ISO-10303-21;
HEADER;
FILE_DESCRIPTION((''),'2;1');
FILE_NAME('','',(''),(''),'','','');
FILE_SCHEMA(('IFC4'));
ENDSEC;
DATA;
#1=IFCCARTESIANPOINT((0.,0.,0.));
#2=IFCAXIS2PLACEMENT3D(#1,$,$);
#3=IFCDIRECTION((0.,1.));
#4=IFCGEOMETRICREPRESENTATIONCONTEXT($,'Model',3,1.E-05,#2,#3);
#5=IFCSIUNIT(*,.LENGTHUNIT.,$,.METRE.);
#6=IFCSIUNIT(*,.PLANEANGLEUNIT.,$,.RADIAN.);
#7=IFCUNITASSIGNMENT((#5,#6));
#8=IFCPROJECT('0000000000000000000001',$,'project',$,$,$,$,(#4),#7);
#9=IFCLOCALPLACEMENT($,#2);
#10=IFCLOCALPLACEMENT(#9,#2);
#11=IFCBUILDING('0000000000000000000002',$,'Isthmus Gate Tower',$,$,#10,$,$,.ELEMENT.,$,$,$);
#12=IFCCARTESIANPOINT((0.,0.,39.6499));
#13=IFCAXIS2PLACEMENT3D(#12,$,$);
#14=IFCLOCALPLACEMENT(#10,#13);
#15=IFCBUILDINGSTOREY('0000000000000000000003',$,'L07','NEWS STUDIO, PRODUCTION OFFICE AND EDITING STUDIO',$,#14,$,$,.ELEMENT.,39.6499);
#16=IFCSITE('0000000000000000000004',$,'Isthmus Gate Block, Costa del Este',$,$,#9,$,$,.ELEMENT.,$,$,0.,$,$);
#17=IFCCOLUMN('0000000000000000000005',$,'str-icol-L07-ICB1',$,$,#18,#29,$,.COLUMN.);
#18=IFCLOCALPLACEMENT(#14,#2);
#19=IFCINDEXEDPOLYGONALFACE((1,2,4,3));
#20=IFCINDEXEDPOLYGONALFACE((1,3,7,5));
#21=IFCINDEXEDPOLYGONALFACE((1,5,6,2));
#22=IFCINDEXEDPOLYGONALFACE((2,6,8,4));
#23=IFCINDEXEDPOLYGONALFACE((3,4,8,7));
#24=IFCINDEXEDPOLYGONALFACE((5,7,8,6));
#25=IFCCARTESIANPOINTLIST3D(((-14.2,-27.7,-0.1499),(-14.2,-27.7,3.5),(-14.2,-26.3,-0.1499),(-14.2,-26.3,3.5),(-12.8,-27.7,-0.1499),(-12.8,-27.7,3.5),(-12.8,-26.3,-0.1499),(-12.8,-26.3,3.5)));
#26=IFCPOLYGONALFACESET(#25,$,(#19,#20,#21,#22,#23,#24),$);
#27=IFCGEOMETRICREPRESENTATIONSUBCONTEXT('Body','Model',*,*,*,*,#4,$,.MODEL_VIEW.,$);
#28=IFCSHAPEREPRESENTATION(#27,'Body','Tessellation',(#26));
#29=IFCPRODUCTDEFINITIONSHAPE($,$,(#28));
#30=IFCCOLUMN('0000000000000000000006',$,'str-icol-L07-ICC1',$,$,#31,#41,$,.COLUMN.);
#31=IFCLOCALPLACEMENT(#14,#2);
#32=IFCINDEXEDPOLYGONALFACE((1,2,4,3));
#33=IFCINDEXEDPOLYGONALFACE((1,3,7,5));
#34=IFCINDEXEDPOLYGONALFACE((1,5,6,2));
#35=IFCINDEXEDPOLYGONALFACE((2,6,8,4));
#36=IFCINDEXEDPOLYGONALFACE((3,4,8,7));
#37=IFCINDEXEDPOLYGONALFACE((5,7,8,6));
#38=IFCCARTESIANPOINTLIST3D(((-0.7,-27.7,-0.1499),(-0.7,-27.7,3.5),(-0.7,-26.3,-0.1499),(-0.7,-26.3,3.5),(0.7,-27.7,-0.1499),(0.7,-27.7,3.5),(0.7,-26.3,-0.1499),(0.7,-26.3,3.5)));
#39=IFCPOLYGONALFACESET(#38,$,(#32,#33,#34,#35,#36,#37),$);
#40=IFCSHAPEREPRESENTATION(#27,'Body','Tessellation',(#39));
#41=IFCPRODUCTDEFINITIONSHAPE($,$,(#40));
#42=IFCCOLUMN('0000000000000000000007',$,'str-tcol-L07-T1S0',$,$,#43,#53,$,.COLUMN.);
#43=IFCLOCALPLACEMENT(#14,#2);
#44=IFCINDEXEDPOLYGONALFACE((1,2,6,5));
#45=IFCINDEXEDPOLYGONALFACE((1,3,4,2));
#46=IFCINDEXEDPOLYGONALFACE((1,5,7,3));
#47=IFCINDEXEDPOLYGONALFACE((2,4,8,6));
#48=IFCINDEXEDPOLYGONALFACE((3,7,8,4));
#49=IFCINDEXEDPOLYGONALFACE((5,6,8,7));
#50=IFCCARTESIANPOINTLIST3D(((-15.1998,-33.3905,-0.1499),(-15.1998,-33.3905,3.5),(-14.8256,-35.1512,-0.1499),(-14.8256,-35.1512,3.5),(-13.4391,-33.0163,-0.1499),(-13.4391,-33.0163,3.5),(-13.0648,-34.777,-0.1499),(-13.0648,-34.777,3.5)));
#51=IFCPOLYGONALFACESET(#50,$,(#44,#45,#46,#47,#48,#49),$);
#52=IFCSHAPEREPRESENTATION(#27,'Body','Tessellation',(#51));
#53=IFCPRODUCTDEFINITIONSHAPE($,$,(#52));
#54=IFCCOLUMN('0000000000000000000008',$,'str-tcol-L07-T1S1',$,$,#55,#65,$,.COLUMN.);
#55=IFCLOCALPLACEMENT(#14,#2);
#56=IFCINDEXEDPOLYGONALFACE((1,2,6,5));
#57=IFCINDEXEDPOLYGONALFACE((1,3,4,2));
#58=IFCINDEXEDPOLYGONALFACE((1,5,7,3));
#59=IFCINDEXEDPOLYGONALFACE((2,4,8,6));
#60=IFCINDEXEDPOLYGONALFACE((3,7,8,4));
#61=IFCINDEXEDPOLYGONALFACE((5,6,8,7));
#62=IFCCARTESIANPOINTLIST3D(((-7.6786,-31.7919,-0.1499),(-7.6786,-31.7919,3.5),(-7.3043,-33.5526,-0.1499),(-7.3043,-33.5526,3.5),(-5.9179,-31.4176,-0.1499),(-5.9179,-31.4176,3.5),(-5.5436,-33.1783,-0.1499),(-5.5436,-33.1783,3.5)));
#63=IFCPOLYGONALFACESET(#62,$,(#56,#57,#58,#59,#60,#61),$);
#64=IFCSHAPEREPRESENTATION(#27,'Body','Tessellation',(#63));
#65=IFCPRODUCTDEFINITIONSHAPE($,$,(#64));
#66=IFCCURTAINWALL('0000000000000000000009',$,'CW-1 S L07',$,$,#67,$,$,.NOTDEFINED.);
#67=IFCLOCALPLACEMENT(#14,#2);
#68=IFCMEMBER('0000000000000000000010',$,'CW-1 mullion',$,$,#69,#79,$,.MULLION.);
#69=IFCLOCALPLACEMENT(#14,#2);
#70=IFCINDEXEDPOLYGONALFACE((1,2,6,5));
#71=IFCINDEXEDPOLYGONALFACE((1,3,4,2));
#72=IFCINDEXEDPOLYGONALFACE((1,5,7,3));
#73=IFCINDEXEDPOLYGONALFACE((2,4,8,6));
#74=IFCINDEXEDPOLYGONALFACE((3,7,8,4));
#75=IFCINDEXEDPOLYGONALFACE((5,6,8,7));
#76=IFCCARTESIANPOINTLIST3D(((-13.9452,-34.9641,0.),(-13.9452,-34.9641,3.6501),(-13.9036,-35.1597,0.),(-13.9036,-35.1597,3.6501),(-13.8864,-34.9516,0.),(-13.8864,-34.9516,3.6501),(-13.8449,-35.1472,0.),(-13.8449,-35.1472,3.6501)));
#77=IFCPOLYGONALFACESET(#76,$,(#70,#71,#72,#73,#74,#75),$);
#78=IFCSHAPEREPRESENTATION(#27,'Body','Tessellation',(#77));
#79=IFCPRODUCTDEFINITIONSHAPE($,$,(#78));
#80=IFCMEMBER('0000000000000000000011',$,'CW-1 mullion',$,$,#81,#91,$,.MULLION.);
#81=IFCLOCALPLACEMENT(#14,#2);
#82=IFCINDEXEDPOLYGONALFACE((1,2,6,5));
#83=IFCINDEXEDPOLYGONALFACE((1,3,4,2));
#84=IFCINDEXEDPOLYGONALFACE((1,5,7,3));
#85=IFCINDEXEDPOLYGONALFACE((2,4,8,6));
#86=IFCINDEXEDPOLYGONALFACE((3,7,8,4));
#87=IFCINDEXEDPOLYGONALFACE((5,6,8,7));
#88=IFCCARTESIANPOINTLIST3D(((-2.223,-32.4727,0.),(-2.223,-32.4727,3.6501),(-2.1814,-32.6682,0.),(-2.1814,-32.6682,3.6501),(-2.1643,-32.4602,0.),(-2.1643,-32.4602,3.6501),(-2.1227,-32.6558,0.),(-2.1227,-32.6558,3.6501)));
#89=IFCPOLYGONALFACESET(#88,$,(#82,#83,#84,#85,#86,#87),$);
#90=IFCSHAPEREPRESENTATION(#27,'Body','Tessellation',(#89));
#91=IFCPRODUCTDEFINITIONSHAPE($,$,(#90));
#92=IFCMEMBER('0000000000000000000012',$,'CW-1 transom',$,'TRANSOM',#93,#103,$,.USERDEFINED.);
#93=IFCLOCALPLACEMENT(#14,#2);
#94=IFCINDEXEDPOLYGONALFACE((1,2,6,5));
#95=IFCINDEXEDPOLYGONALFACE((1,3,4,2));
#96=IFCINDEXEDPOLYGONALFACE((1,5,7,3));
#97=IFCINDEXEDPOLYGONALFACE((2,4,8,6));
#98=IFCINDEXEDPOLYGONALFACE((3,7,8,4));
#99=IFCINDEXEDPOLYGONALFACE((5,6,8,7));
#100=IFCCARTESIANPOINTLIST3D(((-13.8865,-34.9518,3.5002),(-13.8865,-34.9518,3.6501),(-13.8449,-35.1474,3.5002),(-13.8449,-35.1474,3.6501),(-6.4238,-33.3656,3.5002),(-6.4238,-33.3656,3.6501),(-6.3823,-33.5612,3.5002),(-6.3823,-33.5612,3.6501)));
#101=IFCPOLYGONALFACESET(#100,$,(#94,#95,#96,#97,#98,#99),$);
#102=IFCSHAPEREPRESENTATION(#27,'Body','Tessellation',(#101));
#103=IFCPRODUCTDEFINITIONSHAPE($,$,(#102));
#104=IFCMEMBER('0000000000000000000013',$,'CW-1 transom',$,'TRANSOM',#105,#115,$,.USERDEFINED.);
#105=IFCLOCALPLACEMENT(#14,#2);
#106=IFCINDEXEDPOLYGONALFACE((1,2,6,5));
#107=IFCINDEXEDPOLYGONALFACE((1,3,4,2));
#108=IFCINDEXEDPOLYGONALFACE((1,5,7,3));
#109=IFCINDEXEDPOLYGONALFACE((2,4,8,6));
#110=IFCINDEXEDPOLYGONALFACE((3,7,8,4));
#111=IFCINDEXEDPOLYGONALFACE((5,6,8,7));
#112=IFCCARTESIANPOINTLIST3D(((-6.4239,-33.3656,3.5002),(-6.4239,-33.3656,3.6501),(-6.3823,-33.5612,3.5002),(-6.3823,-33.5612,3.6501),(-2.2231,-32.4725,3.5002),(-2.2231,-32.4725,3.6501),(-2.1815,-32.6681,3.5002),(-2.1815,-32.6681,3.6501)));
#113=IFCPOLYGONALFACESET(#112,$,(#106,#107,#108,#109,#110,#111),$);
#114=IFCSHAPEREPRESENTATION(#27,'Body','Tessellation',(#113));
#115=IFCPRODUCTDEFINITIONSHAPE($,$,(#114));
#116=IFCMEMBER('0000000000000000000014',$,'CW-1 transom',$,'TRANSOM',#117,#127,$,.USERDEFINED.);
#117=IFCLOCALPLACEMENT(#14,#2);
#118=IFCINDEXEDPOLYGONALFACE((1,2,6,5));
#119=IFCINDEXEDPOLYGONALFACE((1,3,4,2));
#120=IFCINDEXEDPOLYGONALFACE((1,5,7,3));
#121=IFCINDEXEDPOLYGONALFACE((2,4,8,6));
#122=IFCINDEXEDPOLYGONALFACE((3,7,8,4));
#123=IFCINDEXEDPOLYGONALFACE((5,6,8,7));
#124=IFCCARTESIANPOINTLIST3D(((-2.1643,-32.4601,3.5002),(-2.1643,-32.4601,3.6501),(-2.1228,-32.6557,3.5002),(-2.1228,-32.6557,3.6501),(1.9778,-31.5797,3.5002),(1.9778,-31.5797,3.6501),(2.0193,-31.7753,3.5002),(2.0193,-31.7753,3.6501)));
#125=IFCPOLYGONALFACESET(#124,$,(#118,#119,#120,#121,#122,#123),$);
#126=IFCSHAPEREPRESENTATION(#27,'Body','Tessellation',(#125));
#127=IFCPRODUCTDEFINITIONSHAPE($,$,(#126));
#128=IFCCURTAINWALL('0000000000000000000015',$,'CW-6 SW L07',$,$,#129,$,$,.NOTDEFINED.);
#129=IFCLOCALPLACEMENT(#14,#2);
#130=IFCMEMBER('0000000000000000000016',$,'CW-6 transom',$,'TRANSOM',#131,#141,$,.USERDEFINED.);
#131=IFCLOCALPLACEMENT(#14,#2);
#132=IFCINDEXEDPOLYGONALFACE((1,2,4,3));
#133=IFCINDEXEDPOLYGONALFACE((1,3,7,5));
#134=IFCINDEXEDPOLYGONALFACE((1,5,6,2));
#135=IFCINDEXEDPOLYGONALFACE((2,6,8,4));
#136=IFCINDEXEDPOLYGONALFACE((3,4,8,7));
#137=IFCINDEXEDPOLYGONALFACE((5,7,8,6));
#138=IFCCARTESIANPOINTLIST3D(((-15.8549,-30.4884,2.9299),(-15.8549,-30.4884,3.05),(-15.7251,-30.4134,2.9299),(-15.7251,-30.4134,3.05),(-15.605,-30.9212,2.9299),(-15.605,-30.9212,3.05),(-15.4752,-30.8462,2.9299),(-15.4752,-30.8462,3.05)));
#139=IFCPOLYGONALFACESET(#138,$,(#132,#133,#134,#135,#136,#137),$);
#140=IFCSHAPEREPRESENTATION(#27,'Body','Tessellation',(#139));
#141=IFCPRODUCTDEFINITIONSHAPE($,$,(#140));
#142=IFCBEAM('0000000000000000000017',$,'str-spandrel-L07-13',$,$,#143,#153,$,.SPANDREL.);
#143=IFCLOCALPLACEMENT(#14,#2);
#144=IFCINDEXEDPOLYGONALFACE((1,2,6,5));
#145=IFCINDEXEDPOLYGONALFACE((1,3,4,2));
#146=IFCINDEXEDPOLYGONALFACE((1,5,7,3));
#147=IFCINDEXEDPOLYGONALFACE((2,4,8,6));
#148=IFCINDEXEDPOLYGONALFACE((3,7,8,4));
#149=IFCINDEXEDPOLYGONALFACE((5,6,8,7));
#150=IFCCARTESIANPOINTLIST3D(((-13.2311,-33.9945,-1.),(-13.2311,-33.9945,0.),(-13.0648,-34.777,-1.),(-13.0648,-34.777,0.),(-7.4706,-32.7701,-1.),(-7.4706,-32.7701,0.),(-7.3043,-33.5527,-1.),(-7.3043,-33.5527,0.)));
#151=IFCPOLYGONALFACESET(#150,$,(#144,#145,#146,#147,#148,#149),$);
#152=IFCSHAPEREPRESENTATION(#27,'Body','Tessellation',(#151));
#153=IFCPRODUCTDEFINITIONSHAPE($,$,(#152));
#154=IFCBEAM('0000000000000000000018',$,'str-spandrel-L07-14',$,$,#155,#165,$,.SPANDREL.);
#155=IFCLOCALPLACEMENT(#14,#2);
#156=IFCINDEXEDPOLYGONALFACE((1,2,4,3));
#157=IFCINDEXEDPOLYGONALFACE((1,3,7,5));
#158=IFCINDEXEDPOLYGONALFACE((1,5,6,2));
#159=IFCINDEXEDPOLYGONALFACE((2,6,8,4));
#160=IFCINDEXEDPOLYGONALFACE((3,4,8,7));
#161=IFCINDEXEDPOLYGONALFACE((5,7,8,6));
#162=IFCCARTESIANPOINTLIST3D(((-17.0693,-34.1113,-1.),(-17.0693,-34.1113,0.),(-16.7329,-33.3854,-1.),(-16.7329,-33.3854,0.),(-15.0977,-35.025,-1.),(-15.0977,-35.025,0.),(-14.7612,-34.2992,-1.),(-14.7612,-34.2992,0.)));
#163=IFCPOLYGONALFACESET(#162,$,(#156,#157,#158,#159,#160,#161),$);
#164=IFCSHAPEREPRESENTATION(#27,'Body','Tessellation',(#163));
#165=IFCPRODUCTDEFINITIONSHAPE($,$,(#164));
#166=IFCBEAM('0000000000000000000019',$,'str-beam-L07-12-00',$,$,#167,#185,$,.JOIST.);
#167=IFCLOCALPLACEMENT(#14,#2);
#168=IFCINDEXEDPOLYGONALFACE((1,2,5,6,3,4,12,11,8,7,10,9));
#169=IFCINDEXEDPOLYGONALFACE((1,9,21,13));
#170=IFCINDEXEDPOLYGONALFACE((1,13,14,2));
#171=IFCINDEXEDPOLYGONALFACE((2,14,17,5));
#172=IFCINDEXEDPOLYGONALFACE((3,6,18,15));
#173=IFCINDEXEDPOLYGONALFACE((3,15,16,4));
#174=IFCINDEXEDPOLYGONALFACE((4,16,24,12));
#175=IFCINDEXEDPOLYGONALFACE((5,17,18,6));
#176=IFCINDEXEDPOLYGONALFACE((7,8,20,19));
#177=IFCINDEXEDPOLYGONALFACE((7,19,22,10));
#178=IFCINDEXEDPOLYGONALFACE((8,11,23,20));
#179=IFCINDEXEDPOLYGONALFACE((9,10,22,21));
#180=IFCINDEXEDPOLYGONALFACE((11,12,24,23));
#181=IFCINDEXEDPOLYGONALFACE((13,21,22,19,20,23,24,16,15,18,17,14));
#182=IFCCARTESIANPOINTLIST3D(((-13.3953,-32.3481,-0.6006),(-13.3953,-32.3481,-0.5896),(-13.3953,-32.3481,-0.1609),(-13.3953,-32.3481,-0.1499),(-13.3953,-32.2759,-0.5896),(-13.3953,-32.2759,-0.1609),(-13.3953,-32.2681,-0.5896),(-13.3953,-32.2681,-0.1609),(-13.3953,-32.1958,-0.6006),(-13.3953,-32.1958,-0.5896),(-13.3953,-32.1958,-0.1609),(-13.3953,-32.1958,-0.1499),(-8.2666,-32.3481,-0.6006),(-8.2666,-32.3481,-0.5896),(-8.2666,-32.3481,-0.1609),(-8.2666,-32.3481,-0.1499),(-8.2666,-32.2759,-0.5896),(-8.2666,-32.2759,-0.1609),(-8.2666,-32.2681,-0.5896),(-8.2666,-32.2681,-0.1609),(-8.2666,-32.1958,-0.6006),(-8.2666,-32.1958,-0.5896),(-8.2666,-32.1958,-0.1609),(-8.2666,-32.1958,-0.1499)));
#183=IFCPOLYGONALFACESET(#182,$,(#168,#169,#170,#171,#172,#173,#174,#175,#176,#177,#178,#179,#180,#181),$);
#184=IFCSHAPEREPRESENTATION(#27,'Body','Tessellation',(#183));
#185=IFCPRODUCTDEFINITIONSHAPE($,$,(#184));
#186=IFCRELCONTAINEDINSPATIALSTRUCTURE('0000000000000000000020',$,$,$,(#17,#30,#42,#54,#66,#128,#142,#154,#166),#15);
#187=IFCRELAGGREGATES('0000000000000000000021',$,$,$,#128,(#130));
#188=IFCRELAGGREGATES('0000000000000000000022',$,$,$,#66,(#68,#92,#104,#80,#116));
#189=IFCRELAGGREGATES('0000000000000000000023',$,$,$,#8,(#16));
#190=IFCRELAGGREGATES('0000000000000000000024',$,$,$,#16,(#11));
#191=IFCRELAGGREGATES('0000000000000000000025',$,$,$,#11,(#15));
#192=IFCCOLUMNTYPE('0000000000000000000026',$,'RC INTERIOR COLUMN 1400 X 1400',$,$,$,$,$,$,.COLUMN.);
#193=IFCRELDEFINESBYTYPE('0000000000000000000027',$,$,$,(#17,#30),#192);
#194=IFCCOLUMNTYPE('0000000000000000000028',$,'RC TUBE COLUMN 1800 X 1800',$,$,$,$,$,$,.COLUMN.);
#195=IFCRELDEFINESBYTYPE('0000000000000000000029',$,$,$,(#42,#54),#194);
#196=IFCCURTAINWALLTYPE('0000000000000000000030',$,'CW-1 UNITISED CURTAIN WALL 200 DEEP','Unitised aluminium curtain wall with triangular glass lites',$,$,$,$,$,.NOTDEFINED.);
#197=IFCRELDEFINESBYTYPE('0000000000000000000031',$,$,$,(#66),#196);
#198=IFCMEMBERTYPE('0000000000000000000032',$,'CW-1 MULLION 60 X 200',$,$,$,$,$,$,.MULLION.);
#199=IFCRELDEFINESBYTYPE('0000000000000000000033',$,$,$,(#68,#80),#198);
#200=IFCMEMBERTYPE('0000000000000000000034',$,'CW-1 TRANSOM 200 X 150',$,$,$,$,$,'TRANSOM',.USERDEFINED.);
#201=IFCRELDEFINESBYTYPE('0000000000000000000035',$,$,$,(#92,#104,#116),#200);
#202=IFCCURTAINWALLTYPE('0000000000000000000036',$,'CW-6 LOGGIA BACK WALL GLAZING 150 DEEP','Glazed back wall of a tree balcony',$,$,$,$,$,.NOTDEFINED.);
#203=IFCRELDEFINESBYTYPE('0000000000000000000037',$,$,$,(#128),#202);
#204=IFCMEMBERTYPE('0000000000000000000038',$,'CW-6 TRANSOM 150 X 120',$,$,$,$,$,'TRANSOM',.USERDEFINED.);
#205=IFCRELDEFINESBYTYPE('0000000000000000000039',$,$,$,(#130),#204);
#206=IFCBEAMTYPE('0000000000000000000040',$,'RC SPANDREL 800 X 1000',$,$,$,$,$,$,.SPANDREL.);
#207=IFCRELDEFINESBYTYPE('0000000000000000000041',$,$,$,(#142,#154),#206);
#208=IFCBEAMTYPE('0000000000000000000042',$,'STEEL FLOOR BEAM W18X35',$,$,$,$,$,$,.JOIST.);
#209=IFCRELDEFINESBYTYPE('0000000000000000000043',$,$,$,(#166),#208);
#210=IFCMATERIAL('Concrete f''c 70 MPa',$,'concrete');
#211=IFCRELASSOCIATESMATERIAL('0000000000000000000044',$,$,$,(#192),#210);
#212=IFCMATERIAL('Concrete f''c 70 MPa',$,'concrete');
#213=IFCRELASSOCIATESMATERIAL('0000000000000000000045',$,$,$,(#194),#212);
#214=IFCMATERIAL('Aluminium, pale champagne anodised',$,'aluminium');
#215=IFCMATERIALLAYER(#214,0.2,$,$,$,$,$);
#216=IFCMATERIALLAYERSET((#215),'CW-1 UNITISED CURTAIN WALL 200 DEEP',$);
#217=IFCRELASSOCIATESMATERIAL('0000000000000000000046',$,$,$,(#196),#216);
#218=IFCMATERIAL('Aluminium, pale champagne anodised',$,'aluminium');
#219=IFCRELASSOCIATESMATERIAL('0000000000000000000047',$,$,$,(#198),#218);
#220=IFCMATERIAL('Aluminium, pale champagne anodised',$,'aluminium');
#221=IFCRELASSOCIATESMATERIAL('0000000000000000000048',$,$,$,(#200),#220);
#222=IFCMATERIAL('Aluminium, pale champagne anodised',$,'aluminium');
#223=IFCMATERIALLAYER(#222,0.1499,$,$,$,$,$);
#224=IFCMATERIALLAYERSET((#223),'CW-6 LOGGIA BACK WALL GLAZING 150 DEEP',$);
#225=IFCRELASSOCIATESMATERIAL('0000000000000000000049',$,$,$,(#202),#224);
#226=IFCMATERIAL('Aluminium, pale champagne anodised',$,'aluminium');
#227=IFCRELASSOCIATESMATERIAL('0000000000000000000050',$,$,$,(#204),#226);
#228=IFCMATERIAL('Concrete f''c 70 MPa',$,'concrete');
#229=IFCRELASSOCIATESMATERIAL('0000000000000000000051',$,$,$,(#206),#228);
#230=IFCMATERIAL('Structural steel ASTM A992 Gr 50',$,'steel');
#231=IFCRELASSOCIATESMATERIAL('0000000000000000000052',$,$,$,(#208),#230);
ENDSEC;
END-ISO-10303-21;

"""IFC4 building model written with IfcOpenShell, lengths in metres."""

from ifc_helpers import new_model, si_unit, direction, frame, origin, origin_2d, place, context, subcontext, project, spatial, rectangle, i_section, extrude, material, layer, layer_set, material_profile, profile_set, type_object, element, aggregate, save


model = new_model("IFC4")

# Units and contexts
model_context = context("Model", 3, precision=1e-05, world=origin(), true_north=direction((0.0, 1.0)))
body_context = subcontext(model_context, "Body", "Model", "MODEL_VIEW")
ifc_project = project(units=[si_unit("LENGTHUNIT", "METRE"), si_unit("PLANEANGLEUNIT", "RADIAN")], contexts=[model_context])

# Site, building, storey
site_placement = place(None, origin())
site = spatial("IfcSite", under=ifc_project, at=site_placement, Name="Isthmus Gate Block, Costa del Este", CompositionType="ELEMENT", RefElevation=0.0)
building_placement = place(site_placement, origin())
building = spatial("IfcBuilding", under=site, at=building_placement, Name="Isthmus Gate Tower", CompositionType="ELEMENT")
storey_placement = place(building_placement, frame((0.0, 0.0, 39.6499)))
storey = spatial("IfcBuildingStorey", under=building, at=storey_placement, Name="L07", Description="NEWS STUDIO, PRODUCTION OFFICE AND EDITING STUDIO", CompositionType="ELEMENT", Elevation=39.6499)

# Columns
ifc_material_1 = material(Name="Concrete f'c 70 MPa", Category="concrete")
ifc_material_profile_1 = material_profile(ifc_material_1, rectangle(XDim=1.3999, YDim=1.3999, at=origin_2d()), Name="RC 1400X1400")
ifc_profile_set_1 = profile_set([ifc_material_profile_1], Name="Concrete f'c 70 MPa")
column_type_1 = type_object("IfcColumnType", Name="RC INTERIOR COLUMN 1400 X 1400", PredefinedType="COLUMN", material=ifc_profile_set_1)
for number, where, z_axis, x_axis, name in (
    (1, (-13.5, -27.0, -0.1499), (0.0, 0.0, 1.0), (1.0, 0.0, 0.0), "str-icol-L07-ICB1"),
    (2, (0.0, -27.0, -0.1499), (0.0, 0.0, 1.0), (1.0, 0.0, 0.0), "str-icol-L07-ICC1"),
):
    element("IfcColumn", number, at=place(storey_placement, frame(where, z_axis=z_axis, x_axis=x_axis)), inside=storey, type_object=column_type_1, Name=name, PredefinedType="COLUMN", context=body_context, shape_type="SweptSolid", body=[
        extrude(rectangle(XDim=1.3999, YDim=1.3999, at=origin_2d()), origin(), (0.0, 0.0, 1.0), 3.6499),
    ])
ifc_material_2 = material(Name="Concrete f'c 70 MPa", Category="concrete")
ifc_material_profile_2 = material_profile(ifc_material_2, rectangle(XDim=1.8, YDim=1.8, at=origin_2d()), Name="RC 1800X1800")
ifc_profile_set_2 = profile_set([ifc_material_profile_2], Name="Concrete f'c 70 MPa")
column_type_2 = type_object("IfcColumnType", Name="RC TUBE COLUMN 1800 X 1800", PredefinedType="COLUMN", material=ifc_profile_set_2)
for number, where, z_axis, x_axis, name in (
    (3, (-14.1323, -34.0837, -0.1499), (0.0, 0.0, 1.0), (0.978148, 0.207912, 0.0), "str-tcol-L07-T1S0"),
    (4, (-6.6111, -32.4851, -0.1499), (0.0, 0.0, 1.0), (0.978148, 0.207912, 0.0), "str-tcol-L07-T1S1"),
):
    element("IfcColumn", number, at=place(storey_placement, frame(where, z_axis=z_axis, x_axis=x_axis)), inside=storey, type_object=column_type_2, Name=name, PredefinedType="COLUMN", context=body_context, shape_type="SweptSolid", body=[
        extrude(rectangle(XDim=1.8, YDim=1.8, at=origin_2d()), origin(), (0.0, 0.0, 1.0), 3.6499),
    ])

# Curtain wall, members
ifc_material_3 = material(Name="Aluminium, pale champagne anodised", Category="aluminium")
ifc_layer_1 = layer(ifc_material_3, 0.2)
ifc_layer_set_1 = layer_set([ifc_layer_1], Name="CW-1 UNITISED CURTAIN WALL 200 DEEP")
curtain_wall_type_1 = type_object("IfcCurtainWallType", Name="CW-1 UNITISED CURTAIN WALL 200 DEEP", Description="Unitised aluminium curtain wall with triangular glass lites", PredefinedType="NOTDEFINED", material=ifc_layer_set_1)
curtain_wall_1_placement = place(storey_placement, origin())
curtain_wall_1 = element("IfcCurtainWall", 5, at=curtain_wall_1_placement, inside=storey, type_object=curtain_wall_type_1, Name="CW-1 S L07", PredefinedType="NOTDEFINED")
ifc_material_4 = material(Name="Aluminium, pale champagne anodised", Category="aluminium")
ifc_material_profile_3 = material_profile(ifc_material_4, rectangle(XDim=0.0601, YDim=0.2, at=origin_2d()), Name="60x200")
ifc_profile_set_3 = profile_set([ifc_material_profile_3], Name="Aluminium, pale champagne anodised")
member_type_1 = type_object("IfcMemberType", Name="CW-1 MULLION 60 X 200", PredefinedType="MULLION", material=ifc_profile_set_3)
member_1_placement = place(storey_placement, frame((-13.895, -35.0557, 0.0), z_axis=(0.0, 0.0, 1.0), x_axis=(0.978148, 0.207912, 0.0)))
member_1 = element("IfcMember", 6, at=member_1_placement, type_object=member_type_1, Name="CW-1 mullion", PredefinedType="MULLION", context=body_context, shape_type="SweptSolid", body=[
    extrude(rectangle(XDim=0.0601, YDim=0.2, at=origin_2d()), origin(), (0.0, 0.0, 1.0), 3.6501),
])
member_2_placement = place(storey_placement, frame((-2.1729, -32.5642, 0.0), z_axis=(0.0, 0.0, 1.0), x_axis=(0.978148, 0.207912, 0.0)))
member_2 = element("IfcMember", 7, at=member_2_placement, type_object=member_type_1, Name="CW-1 mullion", PredefinedType="MULLION", context=body_context, shape_type="SweptSolid", body=[
    extrude(rectangle(XDim=0.0601, YDim=0.2, at=origin_2d()), origin(), (0.0, 0.0, 1.0), 3.6501),
])
ifc_material_5 = material(Name="Aluminium, pale champagne anodised", Category="aluminium")
ifc_material_profile_4 = material_profile(ifc_material_5, rectangle(XDim=0.2, YDim=0.1499, at=origin_2d()), Name="200x150")
ifc_profile_set_4 = profile_set([ifc_material_profile_4], Name="Aluminium, pale champagne anodised")
member_type_2 = type_object("IfcMemberType", Name="CW-1 TRANSOM 200 X 150", ElementType="TRANSOM", PredefinedType="USERDEFINED", material=ifc_profile_set_4)
member_3_placement = place(storey_placement, frame((-13.8657, -35.0496, 3.5752), z_axis=(0.978149, 0.207905, 0.0), x_axis=(-0.207905, 0.978149, 0.0)))
member_3 = element("IfcMember", 8, at=member_3_placement, type_object=member_type_2, Name="CW-1 transom", ObjectType="TRANSOM", PredefinedType="USERDEFINED", context=body_context, shape_type="SweptSolid", body=[
    extrude(rectangle(XDim=0.2, YDim=0.1499, at=origin_2d()), origin(), (0.0, 0.0, 1.0), 7.6294),
])
member_4_placement = place(storey_placement, frame((-6.4031, -33.4634, 3.5752), z_axis=(0.978139, 0.207953, 0.0), x_axis=(-0.207953, 0.978139, 0.0)))
member_4 = element("IfcMember", 9, at=member_4_placement, type_object=member_type_2, Name="CW-1 transom", ObjectType="TRANSOM", PredefinedType="USERDEFINED", context=body_context, shape_type="SweptSolid", body=[
    extrude(rectangle(XDim=0.2, YDim=0.1499, at=origin_2d()), origin(), (0.0, 0.0, 1.0), 4.2947),
])
member_5_placement = place(storey_placement, frame((-2.1436, -32.5579, 3.5752), z_axis=(0.97815, 0.207899, 0.0), x_axis=(-0.207899, 0.97815, 0.0)))
member_5 = element("IfcMember", 10, at=member_5_placement, type_object=member_type_2, Name="CW-1 transom", ObjectType="TRANSOM", PredefinedType="USERDEFINED", context=body_context, shape_type="SweptSolid", body=[
    extrude(rectangle(XDim=0.2, YDim=0.1499, at=origin_2d()), origin(), (0.0, 0.0, 1.0), 4.2346),
])

# Curtain wall, member
ifc_material_6 = material(Name="Aluminium, pale champagne anodised", Category="aluminium")
ifc_layer_2 = layer(ifc_material_6, 0.1499)
ifc_layer_set_2 = layer_set([ifc_layer_2], Name="CW-6 LOGGIA BACK WALL GLAZING 150 DEEP")
curtain_wall_type_2 = type_object("IfcCurtainWallType", Name="CW-6 LOGGIA BACK WALL GLAZING 150 DEEP", Description="Glazed back wall of a tree balcony", PredefinedType="NOTDEFINED", material=ifc_layer_set_2)
curtain_wall_2_placement = place(storey_placement, origin())
curtain_wall_2 = element("IfcCurtainWall", 11, at=curtain_wall_2_placement, inside=storey, type_object=curtain_wall_type_2, Name="CW-6 SW L07", PredefinedType="NOTDEFINED")
ifc_material_7 = material(Name="Aluminium, pale champagne anodised", Category="aluminium")
ifc_material_profile_5 = material_profile(ifc_material_7, rectangle(XDim=0.1499, YDim=0.1201, at=origin_2d()), Name="150x120")
ifc_profile_set_5 = profile_set([ifc_material_profile_5], Name="Aluminium, pale champagne anodised")
member_type_3 = type_object("IfcMemberType", Name="CW-6 TRANSOM 150 X 120", ElementType="TRANSOM", PredefinedType="USERDEFINED", material=ifc_profile_set_5)
member_6_placement = place(storey_placement, frame((-15.79, -30.4509, 2.99), z_axis=(0.500131, -0.86595, 0.0), x_axis=(0.86595, 0.500131, 0.0)))
member_6 = element("IfcMember", 12, at=member_6_placement, type_object=member_type_3, Name="CW-6 transom", ObjectType="TRANSOM", PredefinedType="USERDEFINED", context=body_context, shape_type="SweptSolid", body=[
    extrude(rectangle(XDim=0.1499, YDim=0.1201, at=origin_2d()), origin(), (0.0, 0.0, 1.0), 0.4998),
])

# Beams
ifc_material_8 = material(Name="Concrete f'c 70 MPa", Category="concrete")
ifc_material_profile_6 = material_profile(ifc_material_8, rectangle(XDim=0.8, YDim=1.0, at=origin_2d()), Name="RC 800X1000")
ifc_profile_set_6 = profile_set([ifc_material_profile_6], Name="Concrete f'c 70 MPa")
beam_type_1 = type_object("IfcBeamType", Name="RC SPANDREL 800 X 1000", PredefinedType="SPANDREL", material=ifc_profile_set_6)
beam_1_placement = place(storey_placement, frame((-7.3875, -33.1614, -0.5), z_axis=(-0.97815, -0.207901, 0.0), x_axis=(0.207901, -0.97815, 0.0)))
element("IfcBeam", 13, at=beam_1_placement, inside=storey, type_object=beam_type_1, Name="str-spandrel-L07-13", PredefinedType="SPANDREL", context=body_context, shape_type="SweptSolid", body=[
    extrude(rectangle(XDim=0.8, YDim=1.0, at=origin_2d()), origin(), (0.0, 0.0, 1.0), 5.8892),
])
beam_2_placement = place(storey_placement, frame((-14.9294, -34.6621, -0.5), z_axis=(-0.907291, 0.420504, 0.0), x_axis=(-0.420504, -0.907291, 0.0)))
element("IfcBeam", 14, at=beam_2_placement, inside=storey, type_object=beam_type_1, Name="str-spandrel-L07-14", PredefinedType="SPANDREL", context=body_context, shape_type="SweptSolid", body=[
    extrude(rectangle(XDim=0.8, YDim=1.0, at=origin_2d()), origin(), (0.0, 0.0, 1.0), 2.1731),
])
ifc_material_9 = material(Name="Structural steel ASTM A992 Gr 50", Category="steel")
ifc_material_profile_7 = material_profile(ifc_material_9, i_section(OverallWidth=0.1523, OverallDepth=0.4507, WebThickness=0.0078, FlangeThickness=0.011, at=origin_2d()), Name="W18X35")
ifc_profile_set_7 = profile_set([ifc_material_profile_7], Name="Structural steel ASTM A992 Gr 50")
beam_type_2 = type_object("IfcBeamType", Name="STEEL FLOOR BEAM W18X35", PredefinedType="JOIST", material=ifc_profile_set_7)
for number, where, z_axis, x_axis, name in (
    (15, (-13.3953, -32.272, -0.3752), (1.0, 0.0, 0.0), (0.0, 1.0, 0.0), "str-beam-L07-12-00"),
):
    element("IfcBeam", number, at=place(storey_placement, frame(where, z_axis=z_axis, x_axis=x_axis)), inside=storey, type_object=beam_type_2, Name=name, PredefinedType="JOIST", context=body_context, shape_type="SweptSolid", body=[
        extrude(i_section(OverallWidth=0.1523, OverallDepth=0.4507, WebThickness=0.0078, FlangeThickness=0.011, at=origin_2d()), origin(), (0.0, 0.0, 1.0), 5.1287),
    ])

aggregate(curtain_wall_2, [member_6])

aggregate(curtain_wall_1, [member_1, member_3, member_4, member_2, member_5])

save(model, "model.ifc")
